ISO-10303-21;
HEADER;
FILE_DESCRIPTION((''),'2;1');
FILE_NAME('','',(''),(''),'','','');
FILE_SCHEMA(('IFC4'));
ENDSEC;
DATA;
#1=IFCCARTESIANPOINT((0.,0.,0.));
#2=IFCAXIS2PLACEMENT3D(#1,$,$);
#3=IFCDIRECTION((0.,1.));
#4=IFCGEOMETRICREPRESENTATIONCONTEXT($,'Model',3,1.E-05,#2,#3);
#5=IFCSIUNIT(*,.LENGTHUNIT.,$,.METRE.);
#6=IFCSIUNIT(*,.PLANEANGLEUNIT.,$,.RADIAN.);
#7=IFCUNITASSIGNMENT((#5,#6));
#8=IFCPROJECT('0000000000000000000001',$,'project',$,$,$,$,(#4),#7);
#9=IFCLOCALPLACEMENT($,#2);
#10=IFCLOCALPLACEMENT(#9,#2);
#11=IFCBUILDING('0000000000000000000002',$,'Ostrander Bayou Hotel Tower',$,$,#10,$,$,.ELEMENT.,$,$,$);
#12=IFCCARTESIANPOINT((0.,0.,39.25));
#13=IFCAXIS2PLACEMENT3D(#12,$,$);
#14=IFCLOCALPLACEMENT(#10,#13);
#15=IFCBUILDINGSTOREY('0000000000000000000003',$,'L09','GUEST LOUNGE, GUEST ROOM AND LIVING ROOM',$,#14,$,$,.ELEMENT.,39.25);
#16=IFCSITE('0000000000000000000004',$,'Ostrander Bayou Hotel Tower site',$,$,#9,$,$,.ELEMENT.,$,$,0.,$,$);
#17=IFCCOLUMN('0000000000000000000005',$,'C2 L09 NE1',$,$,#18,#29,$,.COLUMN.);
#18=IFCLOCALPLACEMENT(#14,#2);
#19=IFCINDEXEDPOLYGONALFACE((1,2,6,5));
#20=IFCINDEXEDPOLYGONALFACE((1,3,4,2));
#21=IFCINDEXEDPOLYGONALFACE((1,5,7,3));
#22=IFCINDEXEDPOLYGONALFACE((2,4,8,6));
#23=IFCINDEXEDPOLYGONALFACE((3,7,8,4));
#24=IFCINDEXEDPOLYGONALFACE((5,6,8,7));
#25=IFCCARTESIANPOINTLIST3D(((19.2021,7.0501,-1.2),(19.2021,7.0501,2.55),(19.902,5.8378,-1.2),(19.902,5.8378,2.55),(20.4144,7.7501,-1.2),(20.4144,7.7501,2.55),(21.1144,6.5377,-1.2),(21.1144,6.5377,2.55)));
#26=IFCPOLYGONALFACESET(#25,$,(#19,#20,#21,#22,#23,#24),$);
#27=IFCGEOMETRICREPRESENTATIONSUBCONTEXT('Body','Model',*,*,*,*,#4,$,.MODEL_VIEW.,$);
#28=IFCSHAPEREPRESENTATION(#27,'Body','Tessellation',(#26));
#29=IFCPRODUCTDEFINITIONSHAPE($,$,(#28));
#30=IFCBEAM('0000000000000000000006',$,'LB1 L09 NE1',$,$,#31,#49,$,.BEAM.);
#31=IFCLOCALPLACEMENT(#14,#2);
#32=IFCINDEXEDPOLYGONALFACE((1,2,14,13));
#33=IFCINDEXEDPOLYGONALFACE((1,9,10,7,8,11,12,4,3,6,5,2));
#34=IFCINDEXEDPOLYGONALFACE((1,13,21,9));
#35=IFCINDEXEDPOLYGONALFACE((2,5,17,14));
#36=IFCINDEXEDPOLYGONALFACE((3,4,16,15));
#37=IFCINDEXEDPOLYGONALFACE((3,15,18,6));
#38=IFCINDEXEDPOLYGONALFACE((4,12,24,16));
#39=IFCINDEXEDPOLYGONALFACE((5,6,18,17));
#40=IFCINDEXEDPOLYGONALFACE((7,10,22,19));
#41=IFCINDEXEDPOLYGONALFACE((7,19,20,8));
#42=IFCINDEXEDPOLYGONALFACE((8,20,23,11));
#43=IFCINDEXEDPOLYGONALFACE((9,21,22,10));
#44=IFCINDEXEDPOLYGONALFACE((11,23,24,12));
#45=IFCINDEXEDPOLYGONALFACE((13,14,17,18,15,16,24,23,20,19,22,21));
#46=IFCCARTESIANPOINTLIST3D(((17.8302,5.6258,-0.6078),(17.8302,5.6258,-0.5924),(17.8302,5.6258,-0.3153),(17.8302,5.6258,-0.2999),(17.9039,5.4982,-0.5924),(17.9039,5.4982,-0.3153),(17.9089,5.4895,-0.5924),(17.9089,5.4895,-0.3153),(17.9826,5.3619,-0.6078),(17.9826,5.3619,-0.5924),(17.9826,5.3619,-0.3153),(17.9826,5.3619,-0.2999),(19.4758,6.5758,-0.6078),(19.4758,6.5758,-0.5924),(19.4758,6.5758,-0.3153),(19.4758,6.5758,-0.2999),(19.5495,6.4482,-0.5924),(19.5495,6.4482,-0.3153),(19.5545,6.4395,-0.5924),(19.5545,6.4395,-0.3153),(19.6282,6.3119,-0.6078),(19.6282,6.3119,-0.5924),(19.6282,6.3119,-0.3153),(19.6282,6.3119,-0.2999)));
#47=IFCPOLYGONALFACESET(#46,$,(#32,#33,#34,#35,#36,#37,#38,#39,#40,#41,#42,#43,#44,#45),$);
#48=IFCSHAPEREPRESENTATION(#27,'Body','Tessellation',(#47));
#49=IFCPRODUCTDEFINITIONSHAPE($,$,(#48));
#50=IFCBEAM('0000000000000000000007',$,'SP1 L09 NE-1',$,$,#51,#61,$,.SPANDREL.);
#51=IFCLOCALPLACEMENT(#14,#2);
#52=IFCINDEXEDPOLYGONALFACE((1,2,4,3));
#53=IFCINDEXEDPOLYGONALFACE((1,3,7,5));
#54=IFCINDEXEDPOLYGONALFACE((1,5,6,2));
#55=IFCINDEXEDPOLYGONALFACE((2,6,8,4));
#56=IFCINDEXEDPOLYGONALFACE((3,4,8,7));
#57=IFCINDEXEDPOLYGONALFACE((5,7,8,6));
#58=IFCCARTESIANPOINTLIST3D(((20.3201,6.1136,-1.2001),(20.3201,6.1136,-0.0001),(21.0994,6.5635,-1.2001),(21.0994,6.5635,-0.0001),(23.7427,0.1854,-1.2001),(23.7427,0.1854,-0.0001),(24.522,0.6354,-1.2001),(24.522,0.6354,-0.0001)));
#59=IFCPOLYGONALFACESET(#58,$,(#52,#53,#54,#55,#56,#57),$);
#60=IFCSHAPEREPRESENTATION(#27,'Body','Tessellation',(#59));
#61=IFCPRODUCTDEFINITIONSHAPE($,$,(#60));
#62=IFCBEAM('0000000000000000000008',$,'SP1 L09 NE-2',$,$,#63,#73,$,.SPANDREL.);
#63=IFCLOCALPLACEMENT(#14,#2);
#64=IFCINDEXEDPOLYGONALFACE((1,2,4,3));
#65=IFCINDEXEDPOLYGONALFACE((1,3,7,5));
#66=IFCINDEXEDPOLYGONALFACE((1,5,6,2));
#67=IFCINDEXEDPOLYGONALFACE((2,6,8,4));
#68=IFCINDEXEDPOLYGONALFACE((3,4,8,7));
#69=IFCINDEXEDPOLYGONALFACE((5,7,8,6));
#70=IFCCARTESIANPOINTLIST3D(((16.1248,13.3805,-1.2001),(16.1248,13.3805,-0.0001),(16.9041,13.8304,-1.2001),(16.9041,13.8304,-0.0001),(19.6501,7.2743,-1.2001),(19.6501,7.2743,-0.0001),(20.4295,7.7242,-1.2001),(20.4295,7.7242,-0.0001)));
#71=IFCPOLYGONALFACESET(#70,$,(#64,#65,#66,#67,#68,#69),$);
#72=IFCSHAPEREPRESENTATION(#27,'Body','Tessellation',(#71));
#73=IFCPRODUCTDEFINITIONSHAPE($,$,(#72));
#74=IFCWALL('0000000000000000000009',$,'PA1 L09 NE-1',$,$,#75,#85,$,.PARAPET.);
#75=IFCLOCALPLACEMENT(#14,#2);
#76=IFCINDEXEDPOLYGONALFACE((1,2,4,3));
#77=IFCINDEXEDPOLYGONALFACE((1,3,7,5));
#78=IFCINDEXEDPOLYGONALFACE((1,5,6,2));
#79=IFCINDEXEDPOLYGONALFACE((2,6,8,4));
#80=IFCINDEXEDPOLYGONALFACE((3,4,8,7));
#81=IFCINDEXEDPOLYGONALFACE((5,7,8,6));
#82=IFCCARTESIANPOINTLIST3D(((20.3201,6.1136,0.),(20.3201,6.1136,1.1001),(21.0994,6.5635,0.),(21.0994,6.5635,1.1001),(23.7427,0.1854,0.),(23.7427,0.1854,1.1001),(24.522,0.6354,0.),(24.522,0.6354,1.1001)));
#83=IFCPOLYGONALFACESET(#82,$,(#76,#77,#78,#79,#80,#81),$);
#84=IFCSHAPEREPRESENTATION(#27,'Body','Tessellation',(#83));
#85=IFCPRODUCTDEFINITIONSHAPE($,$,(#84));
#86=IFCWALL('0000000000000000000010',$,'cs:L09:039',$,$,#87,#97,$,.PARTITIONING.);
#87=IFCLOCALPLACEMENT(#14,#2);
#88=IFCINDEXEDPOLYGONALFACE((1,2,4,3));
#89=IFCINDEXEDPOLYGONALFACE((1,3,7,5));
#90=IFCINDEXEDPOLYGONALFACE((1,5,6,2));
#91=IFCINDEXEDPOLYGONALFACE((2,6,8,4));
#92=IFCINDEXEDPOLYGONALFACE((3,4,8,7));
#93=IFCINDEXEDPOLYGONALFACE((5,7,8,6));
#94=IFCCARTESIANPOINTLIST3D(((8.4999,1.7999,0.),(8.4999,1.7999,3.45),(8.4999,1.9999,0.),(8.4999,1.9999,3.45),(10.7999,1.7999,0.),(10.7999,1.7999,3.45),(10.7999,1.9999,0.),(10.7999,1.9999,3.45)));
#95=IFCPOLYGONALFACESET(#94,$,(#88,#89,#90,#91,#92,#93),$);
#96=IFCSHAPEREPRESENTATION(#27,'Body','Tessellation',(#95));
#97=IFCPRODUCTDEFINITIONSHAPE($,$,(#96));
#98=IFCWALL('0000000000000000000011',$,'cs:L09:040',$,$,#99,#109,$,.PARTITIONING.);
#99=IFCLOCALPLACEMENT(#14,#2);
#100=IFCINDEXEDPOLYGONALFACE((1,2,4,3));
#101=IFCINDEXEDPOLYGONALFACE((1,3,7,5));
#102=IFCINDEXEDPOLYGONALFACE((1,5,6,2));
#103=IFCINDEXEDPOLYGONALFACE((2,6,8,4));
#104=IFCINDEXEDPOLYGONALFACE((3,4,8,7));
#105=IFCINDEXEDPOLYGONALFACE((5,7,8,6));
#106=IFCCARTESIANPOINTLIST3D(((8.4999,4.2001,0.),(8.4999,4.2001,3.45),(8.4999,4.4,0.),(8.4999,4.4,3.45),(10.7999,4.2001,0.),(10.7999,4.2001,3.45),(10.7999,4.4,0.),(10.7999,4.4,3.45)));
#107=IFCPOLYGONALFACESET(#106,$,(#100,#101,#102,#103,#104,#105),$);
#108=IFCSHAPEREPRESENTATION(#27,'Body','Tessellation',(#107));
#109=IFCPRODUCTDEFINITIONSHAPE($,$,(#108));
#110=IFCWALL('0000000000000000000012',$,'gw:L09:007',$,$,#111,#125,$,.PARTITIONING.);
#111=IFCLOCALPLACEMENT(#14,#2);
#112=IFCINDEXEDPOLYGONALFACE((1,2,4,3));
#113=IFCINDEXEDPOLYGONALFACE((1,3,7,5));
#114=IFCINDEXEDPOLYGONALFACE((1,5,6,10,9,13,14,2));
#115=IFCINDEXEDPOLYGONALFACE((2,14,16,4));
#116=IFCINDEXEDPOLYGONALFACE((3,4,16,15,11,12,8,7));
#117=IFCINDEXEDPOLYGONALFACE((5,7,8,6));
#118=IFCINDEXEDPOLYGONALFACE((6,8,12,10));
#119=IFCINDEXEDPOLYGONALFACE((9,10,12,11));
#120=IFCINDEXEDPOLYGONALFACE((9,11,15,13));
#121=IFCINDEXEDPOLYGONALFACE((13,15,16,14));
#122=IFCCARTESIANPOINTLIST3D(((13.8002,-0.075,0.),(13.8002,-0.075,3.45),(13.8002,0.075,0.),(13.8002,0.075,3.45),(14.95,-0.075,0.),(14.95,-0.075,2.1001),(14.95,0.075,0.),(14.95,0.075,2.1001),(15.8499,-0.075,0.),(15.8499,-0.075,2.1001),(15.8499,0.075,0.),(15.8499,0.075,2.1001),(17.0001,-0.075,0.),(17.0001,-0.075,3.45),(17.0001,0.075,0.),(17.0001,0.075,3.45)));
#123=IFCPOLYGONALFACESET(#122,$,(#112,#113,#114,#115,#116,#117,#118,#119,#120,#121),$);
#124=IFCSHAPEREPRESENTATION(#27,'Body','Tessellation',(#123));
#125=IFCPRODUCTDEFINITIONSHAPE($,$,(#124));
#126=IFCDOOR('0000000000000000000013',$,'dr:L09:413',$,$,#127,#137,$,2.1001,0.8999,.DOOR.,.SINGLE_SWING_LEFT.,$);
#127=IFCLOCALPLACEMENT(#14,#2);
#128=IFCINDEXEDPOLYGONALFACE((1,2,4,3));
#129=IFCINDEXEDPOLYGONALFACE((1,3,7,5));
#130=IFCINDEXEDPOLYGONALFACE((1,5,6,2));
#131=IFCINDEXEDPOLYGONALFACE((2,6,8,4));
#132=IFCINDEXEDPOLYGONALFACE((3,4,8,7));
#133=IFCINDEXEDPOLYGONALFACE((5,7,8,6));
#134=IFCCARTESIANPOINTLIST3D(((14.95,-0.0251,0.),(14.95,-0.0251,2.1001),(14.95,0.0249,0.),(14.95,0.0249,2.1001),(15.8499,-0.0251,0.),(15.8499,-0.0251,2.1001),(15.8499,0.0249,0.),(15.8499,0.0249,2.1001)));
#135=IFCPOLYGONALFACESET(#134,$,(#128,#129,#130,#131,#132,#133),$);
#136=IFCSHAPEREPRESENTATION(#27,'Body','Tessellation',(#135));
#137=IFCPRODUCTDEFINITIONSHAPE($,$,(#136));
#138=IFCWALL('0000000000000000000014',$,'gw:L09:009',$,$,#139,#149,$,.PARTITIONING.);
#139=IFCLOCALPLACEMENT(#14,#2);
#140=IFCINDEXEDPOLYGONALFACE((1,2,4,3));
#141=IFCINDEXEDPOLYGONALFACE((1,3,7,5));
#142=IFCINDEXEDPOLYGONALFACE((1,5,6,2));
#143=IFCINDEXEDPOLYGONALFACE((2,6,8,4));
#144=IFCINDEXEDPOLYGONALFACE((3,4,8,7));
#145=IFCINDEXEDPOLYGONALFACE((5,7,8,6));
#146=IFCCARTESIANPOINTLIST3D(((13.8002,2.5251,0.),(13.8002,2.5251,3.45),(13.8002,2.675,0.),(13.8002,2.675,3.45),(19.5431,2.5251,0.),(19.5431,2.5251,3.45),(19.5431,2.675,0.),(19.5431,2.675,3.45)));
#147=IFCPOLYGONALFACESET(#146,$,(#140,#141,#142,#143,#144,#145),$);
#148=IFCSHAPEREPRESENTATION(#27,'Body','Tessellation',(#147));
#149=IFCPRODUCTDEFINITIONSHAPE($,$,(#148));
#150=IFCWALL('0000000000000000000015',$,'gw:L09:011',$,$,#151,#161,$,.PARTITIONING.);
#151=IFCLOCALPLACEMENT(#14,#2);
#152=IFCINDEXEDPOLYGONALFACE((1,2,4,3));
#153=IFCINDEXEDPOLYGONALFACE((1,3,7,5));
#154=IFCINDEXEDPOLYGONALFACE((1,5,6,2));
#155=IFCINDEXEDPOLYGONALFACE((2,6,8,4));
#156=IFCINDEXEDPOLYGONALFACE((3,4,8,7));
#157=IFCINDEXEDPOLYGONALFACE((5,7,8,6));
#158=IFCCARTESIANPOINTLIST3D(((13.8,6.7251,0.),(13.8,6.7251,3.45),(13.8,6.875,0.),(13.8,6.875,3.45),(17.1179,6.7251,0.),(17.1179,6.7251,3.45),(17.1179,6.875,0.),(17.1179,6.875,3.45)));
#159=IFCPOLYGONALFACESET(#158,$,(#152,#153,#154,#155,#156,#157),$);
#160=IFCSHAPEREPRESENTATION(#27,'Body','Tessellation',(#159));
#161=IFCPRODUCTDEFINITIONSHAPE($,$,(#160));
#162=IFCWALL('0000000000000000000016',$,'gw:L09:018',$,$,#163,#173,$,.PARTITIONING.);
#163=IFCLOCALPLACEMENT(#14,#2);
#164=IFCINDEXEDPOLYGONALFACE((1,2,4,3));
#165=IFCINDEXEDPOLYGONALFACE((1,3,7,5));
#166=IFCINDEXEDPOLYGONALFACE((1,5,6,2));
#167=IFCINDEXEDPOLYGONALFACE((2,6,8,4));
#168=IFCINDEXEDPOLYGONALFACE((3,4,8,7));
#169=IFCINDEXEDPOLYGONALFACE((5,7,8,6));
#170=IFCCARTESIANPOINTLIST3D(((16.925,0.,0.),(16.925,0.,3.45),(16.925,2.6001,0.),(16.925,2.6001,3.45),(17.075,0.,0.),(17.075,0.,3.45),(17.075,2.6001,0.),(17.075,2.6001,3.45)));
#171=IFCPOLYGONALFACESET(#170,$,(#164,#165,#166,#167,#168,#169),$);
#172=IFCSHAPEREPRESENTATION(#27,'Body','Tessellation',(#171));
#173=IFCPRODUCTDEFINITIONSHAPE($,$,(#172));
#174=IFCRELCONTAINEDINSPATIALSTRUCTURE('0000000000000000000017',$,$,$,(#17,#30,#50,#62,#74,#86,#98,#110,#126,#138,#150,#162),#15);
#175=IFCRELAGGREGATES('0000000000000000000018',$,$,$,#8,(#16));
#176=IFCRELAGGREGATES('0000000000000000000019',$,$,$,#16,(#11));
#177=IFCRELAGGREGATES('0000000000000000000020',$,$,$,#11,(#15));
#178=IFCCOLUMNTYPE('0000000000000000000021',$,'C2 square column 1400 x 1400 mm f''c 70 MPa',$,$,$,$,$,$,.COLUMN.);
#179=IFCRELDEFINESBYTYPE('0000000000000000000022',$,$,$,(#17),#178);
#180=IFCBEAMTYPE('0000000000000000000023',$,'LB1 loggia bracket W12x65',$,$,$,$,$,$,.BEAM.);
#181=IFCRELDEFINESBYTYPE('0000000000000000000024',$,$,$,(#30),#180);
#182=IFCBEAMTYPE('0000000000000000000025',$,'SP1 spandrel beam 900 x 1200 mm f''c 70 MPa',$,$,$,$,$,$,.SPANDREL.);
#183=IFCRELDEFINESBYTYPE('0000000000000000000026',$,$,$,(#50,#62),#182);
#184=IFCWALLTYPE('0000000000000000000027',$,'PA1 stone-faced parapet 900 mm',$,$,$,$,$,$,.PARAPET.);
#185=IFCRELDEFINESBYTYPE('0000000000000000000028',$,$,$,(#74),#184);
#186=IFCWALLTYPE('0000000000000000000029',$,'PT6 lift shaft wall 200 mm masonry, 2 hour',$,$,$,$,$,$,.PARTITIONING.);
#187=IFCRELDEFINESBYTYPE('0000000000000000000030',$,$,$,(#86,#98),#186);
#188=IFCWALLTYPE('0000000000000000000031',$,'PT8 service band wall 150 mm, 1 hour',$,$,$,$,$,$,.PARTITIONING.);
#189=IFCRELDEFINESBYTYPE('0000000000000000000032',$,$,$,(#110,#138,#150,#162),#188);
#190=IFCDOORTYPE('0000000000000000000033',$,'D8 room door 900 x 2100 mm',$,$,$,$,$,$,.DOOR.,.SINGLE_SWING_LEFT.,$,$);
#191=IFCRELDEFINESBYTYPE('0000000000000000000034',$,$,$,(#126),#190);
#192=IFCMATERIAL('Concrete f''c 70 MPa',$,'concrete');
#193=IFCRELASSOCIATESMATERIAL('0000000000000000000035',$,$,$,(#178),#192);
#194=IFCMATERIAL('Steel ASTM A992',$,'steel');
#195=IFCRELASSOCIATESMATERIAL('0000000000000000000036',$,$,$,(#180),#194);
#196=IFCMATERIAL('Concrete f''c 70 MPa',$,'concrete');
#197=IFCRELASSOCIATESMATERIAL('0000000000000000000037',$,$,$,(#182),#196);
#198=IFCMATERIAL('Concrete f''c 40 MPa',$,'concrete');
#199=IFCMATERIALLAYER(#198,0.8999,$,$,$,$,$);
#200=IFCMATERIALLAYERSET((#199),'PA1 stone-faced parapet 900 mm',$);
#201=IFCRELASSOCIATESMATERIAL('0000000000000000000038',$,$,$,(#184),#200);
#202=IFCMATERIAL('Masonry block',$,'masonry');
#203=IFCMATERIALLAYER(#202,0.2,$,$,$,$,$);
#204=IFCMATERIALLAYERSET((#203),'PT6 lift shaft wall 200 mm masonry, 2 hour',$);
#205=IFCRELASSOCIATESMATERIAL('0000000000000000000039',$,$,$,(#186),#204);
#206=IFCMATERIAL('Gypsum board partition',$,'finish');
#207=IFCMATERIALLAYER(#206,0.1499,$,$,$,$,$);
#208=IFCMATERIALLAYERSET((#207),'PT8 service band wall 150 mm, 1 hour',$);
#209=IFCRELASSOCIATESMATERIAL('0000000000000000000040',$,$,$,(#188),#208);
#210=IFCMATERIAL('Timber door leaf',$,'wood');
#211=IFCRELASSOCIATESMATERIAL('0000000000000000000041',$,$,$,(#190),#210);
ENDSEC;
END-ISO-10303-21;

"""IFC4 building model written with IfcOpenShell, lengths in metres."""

from ifc_helpers import new_model, si_unit, direction, frame, frame_2d, origin, origin_2d, place, context, subcontext, project, spatial, rectangle, i_section, extrude, material, layer, layer_set, material_profile, profile_set, type_object, element, fill, save


model = new_model("IFC4")

# Units and contexts
model_context = context("Model", 3, precision=1e-05, world=origin(), true_north=direction((0.0, 1.0)))
body_context = subcontext(model_context, "Body", "Model", "MODEL_VIEW")
ifc_project = project(units=[si_unit("LENGTHUNIT", "METRE"), si_unit("PLANEANGLEUNIT", "RADIAN")], contexts=[model_context])

# Site, building, storey
site_placement = place(None, origin())
site = spatial("IfcSite", under=ifc_project, at=site_placement, Name="Ostrander Bayou Hotel Tower site", CompositionType="ELEMENT", RefElevation=0.0)
building_placement = place(site_placement, origin())
building = spatial("IfcBuilding", under=site, at=building_placement, Name="Ostrander Bayou Hotel Tower", CompositionType="ELEMENT")
storey_placement = place(building_placement, frame((0.0, 0.0, 39.25)))
storey = spatial("IfcBuildingStorey", under=building, at=storey_placement, Name="L09", Description="GUEST LOUNGE, GUEST ROOM AND LIVING ROOM", CompositionType="ELEMENT", Elevation=39.25)

# Column
ifc_material_1 = material(Name="Concrete f'c 70 MPa", Category="concrete")
ifc_material_profile_1 = material_profile(ifc_material_1, rectangle(XDim=1.3999, YDim=1.3999, at=origin_2d()))
ifc_profile_set_1 = profile_set([ifc_material_profile_1], Name="Concrete f'c 70 MPa")
column_type = type_object("IfcColumnType", Name="C2 square column 1400 x 1400 mm f'c 70 MPa", PredefinedType="COLUMN", material=ifc_profile_set_1)
column_placement = place(storey_placement, frame((20.1582, 6.7939, -1.2), z_axis=(0.0, 0.0, 1.0), x_axis=(0.5, -0.866025, 0.0)))
element("IfcColumn", 1, at=column_placement, inside=storey, type_object=column_type, Name="C2 L09 NE1", PredefinedType="COLUMN", context=body_context, shape_type="SweptSolid", body=[
    extrude(rectangle(XDim=1.3999, YDim=1.3999, at=origin_2d()), origin(), (0.0, 0.0, 1.0), 3.75),
])

# Beams
ifc_material_2 = material(Name="Steel ASTM A992", Category="steel")
ifc_material_profile_2 = material_profile(ifc_material_2, i_section(OverallWidth=0.3047, OverallDepth=0.3079, WebThickness=0.01, FlangeThickness=0.0154, at=origin_2d()))
ifc_profile_set_2 = profile_set([ifc_material_profile_2], Name="Steel ASTM A992")
beam_type_1 = type_object("IfcBeamType", Name="LB1 loggia bracket W12x65", PredefinedType="BEAM", material=ifc_profile_set_2)
beam_1_placement = place(storey_placement, frame((19.552, 6.4438, -0.4539), z_axis=(-0.866044, -0.499967, 0.0), x_axis=(0.499967, -0.866044, 0.0)))
element("IfcBeam", 2, at=beam_1_placement, inside=storey, type_object=beam_type_1, Name="LB1 L09 NE1", PredefinedType="BEAM", context=body_context, shape_type="SweptSolid", body=[
    extrude(i_section(OverallWidth=0.3047, OverallDepth=0.3079, WebThickness=0.01, FlangeThickness=0.0154, at=origin_2d()), origin(), (0.0, 0.0, 1.0), 1.9001),
])
ifc_material_3 = material(Name="Concrete f'c 70 MPa", Category="concrete")
ifc_material_profile_3 = material_profile(ifc_material_3, rectangle(XDim=0.8999, YDim=1.2, at=origin_2d()))
ifc_profile_set_3 = profile_set([ifc_material_profile_3], Name="Concrete f'c 70 MPa")
beam_type_2 = type_object("IfcBeamType", Name="SP1 spandrel beam 900 x 1200 mm f'c 70 MPa", PredefinedType="SPANDREL", material=ifc_profile_set_3)
beam_2_placement = place(storey_placement, frame((24.1323, 0.4104, -0.6001), z_axis=(-0.499994, 0.866029, 0.0), x_axis=(-0.866029, -0.499994, 0.0)))
element("IfcBeam", 3, at=beam_2_placement, inside=storey, type_object=beam_type_2, Name="SP1 L09 NE-1", PredefinedType="SPANDREL", context=body_context, shape_type="SweptSolid", body=[
    extrude(rectangle(XDim=0.8999, YDim=1.2, at=origin_2d()), origin(), (0.0, 0.0, 1.0), 6.8452),
])
beam_3_placement = place(storey_placement, frame((20.0398, 7.4993, -0.6001), z_axis=(-0.499997, 0.866027, 0.0), x_axis=(-0.866027, -0.499997, 0.0)))
element("IfcBeam", 4, at=beam_3_placement, inside=storey, type_object=beam_type_2, Name="SP1 L09 NE-2", PredefinedType="SPANDREL", context=body_context, shape_type="SweptSolid", body=[
    extrude(rectangle(XDim=0.8999, YDim=1.2, at=origin_2d()), origin(), (0.0, 0.0, 1.0), 7.0508),
])

# Wall
ifc_material_4 = material(Name="Concrete f'c 40 MPa", Category="concrete")
ifc_layer_1 = layer(ifc_material_4, 0.8999)
ifc_layer_set_1 = layer_set([ifc_layer_1], Name="PA1 stone-faced parapet 900 mm")
wall_type_1 = type_object("IfcWallType", Name="PA1 stone-faced parapet 900 mm", PredefinedType="PARAPET", material=ifc_layer_set_1)
wall_1_placement = place(storey_placement, frame((24.1323, 0.4104, 0.0), z_axis=(0.0, 0.0, 1.0), x_axis=(-0.499994, 0.866029, 0.0)))
element("IfcWall", 5, at=wall_1_placement, inside=storey, type_object=wall_type_1, Name="PA1 L09 NE-1", PredefinedType="PARAPET", context=body_context, shape_type="SweptSolid", body=[
    extrude(rectangle(XDim=6.8452, YDim=0.8999, at=frame_2d((3.4226, 0.0))), origin(), (0.0, 0.0, 1.0), 1.1001),
])

# Walls
ifc_material_5 = material(Name="Masonry block", Category="masonry")
ifc_layer_2 = layer(ifc_material_5, 0.2)
ifc_layer_set_2 = layer_set([ifc_layer_2], Name="PT6 lift shaft wall 200 mm masonry, 2 hour")
wall_type_2 = type_object("IfcWallType", Name="PT6 lift shaft wall 200 mm masonry, 2 hour", PredefinedType="PARTITIONING", material=ifc_layer_set_2)
for number, where, z_axis, x_axis, name in (
    (6, (8.5, 1.8999, 0.0), (0.0, 0.0, 1.0), (1.0, 0.0, 0.0), "cs:L09:039"),
    (7, (8.5, 4.3, 0.0), (0.0, 0.0, 1.0), (1.0, 0.0, 0.0), "cs:L09:040"),
):
    element("IfcWall", number, at=place(storey_placement, frame(where, z_axis=z_axis, x_axis=x_axis)), inside=storey, type_object=wall_type_2, Name=name, PredefinedType="PARTITIONING", context=body_context, shape_type="SweptSolid", body=[
        extrude(rectangle(XDim=2.3, YDim=0.2, at=frame_2d((1.1499, 0.0))), origin(), (0.0, 0.0, 1.0), 3.45),
    ])

# Wall, opening, door
ifc_material_6 = material(Name="Gypsum board partition", Category="finish")
ifc_layer_3 = layer(ifc_material_6, 0.1499)
ifc_layer_set_3 = layer_set([ifc_layer_3], Name="PT8 service band wall 150 mm, 1 hour")
wall_type_3 = type_object("IfcWallType", Name="PT8 service band wall 150 mm, 1 hour", PredefinedType="PARTITIONING", material=ifc_layer_set_3)
wall_2_placement = place(storey_placement, frame((13.8, 0.0, 0.0), z_axis=(0.0, 0.0, 1.0), x_axis=(1.0, 0.0, 0.0)))
wall_2 = element("IfcWall", 8, at=wall_2_placement, inside=storey, type_object=wall_type_3, Name="gw:L09:007", PredefinedType="PARTITIONING", context=body_context, shape_type="SweptSolid", body=[
    extrude(rectangle(XDim=3.2, YDim=0.1499, at=frame_2d((1.6001, 0.0))), origin(), (0.0, 0.0, 1.0), 3.45),
])
opening_1_placement = place(wall_2_placement, frame((1.1499, 0.0, 0.0)))
opening_1 = element("IfcOpeningElement", 9, at=opening_1_placement, cuts=wall_2, PredefinedType="OPENING", context=body_context, shape_type="SweptSolid", body=[
    extrude(rectangle(XDim=0.8999, YDim=2.1001, at=frame_2d((0.45, 1.05))), frame((0.0, 0.075, 0.0), z_axis=(0.0, -1.0, 0.0), x_axis=(1.0, 0.0, 0.0)), (0.0, 0.0, 1.0), 0.1499),
])
ifc_material_7 = material(Name="Timber door leaf", Category="wood")
door_type_1 = type_object("IfcDoorType", Name="D8 room door 900 x 2100 mm", OperationType="SINGLE_SWING_LEFT", PredefinedType="DOOR", material=ifc_material_7)
door_1_placement = place(opening_1_placement, origin())
door_1 = element("IfcDoor", 10, at=door_1_placement, inside=storey, type_object=door_type_1, Name="dr:L09:413", OperationType="SINGLE_SWING_LEFT", OverallHeight=2.1001, OverallWidth=0.8999, PredefinedType="DOOR", context=body_context, shape_type="SweptSolid", body=[
    extrude(rectangle(XDim=0.8999, YDim=2.1001, at=frame_2d((0.45, 1.05))), frame((0.0, 0.0249, 0.0), z_axis=(0.0, -1.0, 0.0), x_axis=(1.0, 0.0, 0.0)), (0.0, 0.0, 1.0), 0.05),
])
fill(opening_1, door_1)

# Walls
wall_3_placement = place(storey_placement, frame((13.8, 2.6001, 0.0), z_axis=(0.0, 0.0, 1.0), x_axis=(1.0, 0.0, 0.0)))
element("IfcWall", 11, at=wall_3_placement, inside=storey, type_object=wall_type_3, Name="gw:L09:009", PredefinedType="PARTITIONING", context=body_context, shape_type="SweptSolid", body=[
    extrude(rectangle(XDim=5.7429, YDim=0.1499, at=frame_2d((2.8716, 0.0))), origin(), (0.0, 0.0, 1.0), 3.45),
])
wall_4_placement = place(storey_placement, frame((13.8, 6.8, 0.0), z_axis=(0.0, 0.0, 1.0), x_axis=(1.0, 0.0, 0.0)))
element("IfcWall", 12, at=wall_4_placement, inside=storey, type_object=wall_type_3, Name="gw:L09:011", PredefinedType="PARTITIONING", context=body_context, shape_type="SweptSolid", body=[
    extrude(rectangle(XDim=3.3179, YDim=0.1499, at=frame_2d((1.6589, 0.0))), origin(), (0.0, 0.0, 1.0), 3.45),
])
wall_5_placement = place(storey_placement, frame((17.0, 0.0, 0.0), z_axis=(0.0, 0.0, 1.0), x_axis=(0.0, 1.0, 0.0)))
element("IfcWall", 13, at=wall_5_placement, inside=storey, type_object=wall_type_3, Name="gw:L09:018", PredefinedType="PARTITIONING", context=body_context, shape_type="SweptSolid", body=[
    extrude(rectangle(XDim=2.6001, YDim=0.1499, at=frame_2d((1.3, 0.0))), origin(), (0.0, 0.0, 1.0), 3.45),
])

save(model, "model.ifc")
